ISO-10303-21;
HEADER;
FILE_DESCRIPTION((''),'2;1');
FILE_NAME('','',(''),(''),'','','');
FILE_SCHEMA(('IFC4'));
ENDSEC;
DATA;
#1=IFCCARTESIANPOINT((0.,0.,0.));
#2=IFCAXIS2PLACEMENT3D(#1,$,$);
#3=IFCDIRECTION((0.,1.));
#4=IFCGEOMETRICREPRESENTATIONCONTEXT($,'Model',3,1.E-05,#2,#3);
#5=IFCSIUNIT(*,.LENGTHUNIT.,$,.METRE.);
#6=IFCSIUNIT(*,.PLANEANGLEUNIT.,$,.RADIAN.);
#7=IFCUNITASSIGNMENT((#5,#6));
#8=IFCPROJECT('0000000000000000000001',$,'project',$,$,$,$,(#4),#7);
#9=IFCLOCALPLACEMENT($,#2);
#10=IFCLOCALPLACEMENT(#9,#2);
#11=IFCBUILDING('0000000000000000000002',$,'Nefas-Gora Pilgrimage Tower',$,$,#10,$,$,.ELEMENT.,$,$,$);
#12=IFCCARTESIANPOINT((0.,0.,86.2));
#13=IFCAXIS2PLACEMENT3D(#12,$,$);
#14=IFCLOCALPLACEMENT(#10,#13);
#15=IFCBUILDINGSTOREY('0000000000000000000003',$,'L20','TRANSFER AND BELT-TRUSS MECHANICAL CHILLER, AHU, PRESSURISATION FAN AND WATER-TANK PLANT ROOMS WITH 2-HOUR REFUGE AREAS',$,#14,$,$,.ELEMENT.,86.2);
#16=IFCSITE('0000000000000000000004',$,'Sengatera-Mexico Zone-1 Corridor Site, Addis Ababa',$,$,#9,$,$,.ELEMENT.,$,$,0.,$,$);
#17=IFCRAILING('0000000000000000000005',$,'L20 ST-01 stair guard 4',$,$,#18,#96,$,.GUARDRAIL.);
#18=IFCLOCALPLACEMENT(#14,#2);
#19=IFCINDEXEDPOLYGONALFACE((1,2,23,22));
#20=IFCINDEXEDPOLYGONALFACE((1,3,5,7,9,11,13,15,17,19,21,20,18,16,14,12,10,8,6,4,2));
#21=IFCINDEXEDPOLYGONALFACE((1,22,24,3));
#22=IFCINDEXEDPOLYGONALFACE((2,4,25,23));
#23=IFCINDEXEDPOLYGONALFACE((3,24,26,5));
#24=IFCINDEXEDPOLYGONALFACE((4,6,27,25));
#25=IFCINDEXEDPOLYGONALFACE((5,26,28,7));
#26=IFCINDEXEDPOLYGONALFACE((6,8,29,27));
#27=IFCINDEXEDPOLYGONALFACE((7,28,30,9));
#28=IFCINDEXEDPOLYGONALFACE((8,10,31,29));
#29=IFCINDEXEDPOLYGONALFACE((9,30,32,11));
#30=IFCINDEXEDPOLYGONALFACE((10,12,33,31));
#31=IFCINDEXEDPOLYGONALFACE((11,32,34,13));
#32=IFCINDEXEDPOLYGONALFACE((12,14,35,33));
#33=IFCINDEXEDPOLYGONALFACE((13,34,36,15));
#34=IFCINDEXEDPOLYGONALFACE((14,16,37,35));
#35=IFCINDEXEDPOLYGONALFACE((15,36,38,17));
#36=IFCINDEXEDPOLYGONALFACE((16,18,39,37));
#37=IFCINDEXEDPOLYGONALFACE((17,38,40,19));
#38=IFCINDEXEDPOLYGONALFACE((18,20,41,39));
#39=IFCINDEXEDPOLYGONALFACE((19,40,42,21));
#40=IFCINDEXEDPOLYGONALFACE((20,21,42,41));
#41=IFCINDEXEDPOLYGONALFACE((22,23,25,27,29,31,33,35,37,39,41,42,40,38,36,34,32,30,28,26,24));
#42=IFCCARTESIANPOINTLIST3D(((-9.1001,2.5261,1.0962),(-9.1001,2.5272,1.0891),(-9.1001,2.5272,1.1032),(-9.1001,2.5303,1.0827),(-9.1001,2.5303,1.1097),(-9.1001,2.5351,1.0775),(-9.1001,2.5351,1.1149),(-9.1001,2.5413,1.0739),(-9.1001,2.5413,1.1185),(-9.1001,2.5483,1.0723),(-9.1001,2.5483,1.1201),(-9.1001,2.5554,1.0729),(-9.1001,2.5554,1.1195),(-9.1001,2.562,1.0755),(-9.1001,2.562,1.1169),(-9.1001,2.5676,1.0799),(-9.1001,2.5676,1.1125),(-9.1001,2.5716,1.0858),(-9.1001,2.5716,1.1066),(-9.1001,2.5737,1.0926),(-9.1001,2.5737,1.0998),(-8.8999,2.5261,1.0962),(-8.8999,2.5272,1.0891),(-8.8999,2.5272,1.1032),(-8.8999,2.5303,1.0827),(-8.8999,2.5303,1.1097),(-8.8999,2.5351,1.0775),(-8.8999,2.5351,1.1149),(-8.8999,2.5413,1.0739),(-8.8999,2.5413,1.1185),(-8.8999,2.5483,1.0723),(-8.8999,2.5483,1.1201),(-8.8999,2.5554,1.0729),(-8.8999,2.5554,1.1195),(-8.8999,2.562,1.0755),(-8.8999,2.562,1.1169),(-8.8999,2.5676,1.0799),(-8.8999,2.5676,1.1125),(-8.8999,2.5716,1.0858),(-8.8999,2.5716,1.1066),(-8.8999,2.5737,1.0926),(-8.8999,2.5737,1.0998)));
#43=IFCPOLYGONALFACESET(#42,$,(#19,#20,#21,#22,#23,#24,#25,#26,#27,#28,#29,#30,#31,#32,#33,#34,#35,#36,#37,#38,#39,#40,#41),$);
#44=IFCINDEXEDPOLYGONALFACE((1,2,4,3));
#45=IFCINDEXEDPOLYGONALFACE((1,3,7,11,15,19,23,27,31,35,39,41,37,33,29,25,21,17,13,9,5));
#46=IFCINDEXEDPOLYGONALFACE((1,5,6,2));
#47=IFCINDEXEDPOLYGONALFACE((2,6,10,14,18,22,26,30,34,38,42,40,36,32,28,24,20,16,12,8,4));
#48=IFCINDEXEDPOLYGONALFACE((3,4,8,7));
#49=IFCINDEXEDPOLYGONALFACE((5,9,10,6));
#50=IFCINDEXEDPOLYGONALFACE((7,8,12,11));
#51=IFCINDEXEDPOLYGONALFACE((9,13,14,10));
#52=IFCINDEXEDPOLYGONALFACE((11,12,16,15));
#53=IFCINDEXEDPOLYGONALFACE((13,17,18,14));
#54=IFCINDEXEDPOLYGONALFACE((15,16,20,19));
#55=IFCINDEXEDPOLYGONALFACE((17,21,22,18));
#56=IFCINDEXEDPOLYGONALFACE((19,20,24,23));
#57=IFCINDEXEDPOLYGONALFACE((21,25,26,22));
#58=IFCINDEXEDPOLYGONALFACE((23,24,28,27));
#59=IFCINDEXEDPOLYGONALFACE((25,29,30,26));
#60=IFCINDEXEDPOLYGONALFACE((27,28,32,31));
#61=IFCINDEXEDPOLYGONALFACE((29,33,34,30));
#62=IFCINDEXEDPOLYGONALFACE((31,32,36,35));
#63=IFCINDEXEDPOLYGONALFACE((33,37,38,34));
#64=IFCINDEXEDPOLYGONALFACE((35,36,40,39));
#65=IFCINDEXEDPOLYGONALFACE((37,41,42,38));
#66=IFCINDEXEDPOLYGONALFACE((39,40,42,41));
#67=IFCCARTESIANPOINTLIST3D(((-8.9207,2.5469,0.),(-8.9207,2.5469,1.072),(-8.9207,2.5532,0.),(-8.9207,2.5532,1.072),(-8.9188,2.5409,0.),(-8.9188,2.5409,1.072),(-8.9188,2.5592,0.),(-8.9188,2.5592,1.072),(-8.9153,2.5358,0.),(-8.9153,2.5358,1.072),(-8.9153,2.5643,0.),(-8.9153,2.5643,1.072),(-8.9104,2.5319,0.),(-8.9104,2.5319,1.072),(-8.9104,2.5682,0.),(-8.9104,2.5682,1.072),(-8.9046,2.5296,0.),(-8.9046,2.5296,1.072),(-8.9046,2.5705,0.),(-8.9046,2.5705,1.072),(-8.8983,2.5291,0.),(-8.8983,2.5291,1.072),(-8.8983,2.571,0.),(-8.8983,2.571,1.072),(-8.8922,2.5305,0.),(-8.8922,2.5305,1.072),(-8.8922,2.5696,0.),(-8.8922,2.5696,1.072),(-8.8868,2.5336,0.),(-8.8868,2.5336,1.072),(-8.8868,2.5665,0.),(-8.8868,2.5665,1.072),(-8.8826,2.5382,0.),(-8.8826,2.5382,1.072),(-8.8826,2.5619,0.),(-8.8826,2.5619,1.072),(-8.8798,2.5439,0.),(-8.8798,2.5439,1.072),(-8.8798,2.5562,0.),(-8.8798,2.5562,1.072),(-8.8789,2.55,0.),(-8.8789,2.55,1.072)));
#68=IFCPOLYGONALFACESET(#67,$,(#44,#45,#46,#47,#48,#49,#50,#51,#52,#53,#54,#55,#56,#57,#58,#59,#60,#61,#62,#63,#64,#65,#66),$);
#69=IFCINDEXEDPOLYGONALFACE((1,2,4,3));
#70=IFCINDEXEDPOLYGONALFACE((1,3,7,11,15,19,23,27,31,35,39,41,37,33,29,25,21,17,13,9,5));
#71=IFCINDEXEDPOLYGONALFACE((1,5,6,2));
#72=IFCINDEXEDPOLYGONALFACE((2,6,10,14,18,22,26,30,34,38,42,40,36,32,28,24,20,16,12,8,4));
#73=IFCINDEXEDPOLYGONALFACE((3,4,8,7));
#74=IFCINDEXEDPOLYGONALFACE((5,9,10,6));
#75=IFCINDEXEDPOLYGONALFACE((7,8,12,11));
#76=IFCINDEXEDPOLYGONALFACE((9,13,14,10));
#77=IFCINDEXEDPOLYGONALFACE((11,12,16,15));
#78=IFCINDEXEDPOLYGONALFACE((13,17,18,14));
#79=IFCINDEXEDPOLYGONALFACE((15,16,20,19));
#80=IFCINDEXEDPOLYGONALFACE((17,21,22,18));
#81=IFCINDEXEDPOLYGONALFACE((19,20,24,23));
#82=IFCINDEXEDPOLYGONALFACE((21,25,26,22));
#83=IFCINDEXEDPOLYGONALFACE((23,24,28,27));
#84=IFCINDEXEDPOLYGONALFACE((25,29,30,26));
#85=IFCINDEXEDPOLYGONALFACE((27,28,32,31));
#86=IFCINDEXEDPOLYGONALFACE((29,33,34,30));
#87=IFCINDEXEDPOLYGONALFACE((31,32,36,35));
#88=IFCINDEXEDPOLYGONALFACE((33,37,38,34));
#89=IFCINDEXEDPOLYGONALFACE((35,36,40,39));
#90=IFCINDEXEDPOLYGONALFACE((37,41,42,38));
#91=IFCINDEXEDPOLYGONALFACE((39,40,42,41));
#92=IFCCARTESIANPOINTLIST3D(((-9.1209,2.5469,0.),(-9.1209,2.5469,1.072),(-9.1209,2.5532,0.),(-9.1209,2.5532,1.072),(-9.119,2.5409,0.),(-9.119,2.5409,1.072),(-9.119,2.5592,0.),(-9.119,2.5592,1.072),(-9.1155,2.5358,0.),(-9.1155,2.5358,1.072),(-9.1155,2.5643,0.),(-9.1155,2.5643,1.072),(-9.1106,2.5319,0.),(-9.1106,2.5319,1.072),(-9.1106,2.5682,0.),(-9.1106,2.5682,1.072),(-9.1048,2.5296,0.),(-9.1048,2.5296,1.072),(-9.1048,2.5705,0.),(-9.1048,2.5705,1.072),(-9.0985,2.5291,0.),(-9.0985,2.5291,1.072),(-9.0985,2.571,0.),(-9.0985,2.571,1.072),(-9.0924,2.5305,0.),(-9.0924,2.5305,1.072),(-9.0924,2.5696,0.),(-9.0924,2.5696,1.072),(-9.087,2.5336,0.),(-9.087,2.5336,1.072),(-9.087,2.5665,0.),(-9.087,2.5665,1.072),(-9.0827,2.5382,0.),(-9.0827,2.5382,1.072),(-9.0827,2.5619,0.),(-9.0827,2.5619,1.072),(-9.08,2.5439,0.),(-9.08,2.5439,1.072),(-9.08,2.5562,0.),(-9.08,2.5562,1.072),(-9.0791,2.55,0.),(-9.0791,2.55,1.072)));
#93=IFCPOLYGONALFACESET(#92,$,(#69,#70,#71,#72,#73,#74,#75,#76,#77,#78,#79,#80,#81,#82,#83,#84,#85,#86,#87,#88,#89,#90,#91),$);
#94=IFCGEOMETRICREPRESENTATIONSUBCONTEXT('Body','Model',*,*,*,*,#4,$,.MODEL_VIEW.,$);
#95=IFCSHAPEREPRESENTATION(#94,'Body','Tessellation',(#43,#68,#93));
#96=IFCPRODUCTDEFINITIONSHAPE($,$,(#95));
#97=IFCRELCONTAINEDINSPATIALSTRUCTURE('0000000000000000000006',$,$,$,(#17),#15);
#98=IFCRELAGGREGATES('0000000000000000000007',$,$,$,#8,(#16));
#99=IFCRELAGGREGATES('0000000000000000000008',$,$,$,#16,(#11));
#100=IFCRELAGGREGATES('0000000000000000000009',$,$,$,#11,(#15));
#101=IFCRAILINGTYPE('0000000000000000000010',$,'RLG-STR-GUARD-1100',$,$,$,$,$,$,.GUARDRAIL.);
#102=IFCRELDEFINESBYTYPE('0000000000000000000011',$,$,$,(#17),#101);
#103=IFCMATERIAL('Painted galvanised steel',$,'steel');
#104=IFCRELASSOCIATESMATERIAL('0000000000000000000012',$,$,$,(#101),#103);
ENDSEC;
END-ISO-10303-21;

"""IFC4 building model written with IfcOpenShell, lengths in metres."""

from ifc_helpers import new_model, si_unit, direction, frame, origin, origin_2d, place, context, subcontext, project, spatial, circle, extrude, material, type_object, element, save


model = new_model("IFC4")

# Units and contexts
model_context = context("Model", 3, precision=1e-05, world=origin(), true_north=direction((0.0, 1.0)))
body_context = subcontext(model_context, "Body", "Model", "MODEL_VIEW")
ifc_project = project(units=[si_unit("LENGTHUNIT", "METRE"), si_unit("PLANEANGLEUNIT", "RADIAN")], contexts=[model_context])

# Site, building, storey
site_placement = place(None, origin())
site = spatial("IfcSite", under=ifc_project, at=site_placement, Name="Sengatera-Mexico Zone-1 Corridor Site, Addis Ababa", CompositionType="ELEMENT", RefElevation=0.0)
building_placement = place(site_placement, origin())
building = spatial("IfcBuilding", under=site, at=building_placement, Name="Nefas-Gora Pilgrimage Tower", CompositionType="ELEMENT")
storey_placement = place(building_placement, frame((0.0, 0.0, 86.2)))
storey = spatial("IfcBuildingStorey", under=building, at=storey_placement, Name="L20", Description="TRANSFER AND BELT-TRUSS MECHANICAL CHILLER, AHU, PRESSURISATION FAN AND WATER-TANK PLANT ROOMS WITH 2-HOUR REFUGE AREAS", CompositionType="ELEMENT", Elevation=86.2)

# Railing
ifc_material_1 = material(Name="Painted galvanised steel", Category="steel")
railing_type_1 = type_object("IfcRailingType", Name="RLG-STR-GUARD-1100", PredefinedType="GUARDRAIL", material=ifc_material_1)
railing_1_placement = place(storey_placement, frame((-8.8999, 2.55, 0.0)))
element("IfcRailing", 1, at=railing_1_placement, inside=storey, type_object=railing_type_1, Name="L20 ST-01 stair guard 4", PredefinedType="GUARDRAIL", context=body_context, shape_type="SweptSolid", body=[
    extrude(circle(Radius=0.0239, at=origin_2d()), frame((0.0, 0.0, 1.0962), z_axis=(-1.0, 0.0, 0.0), x_axis=(0.0, -1.0, 0.0)), (0.0, 0.0, 1.0), 0.2002),
    extrude(circle(Radius=0.021, at=origin_2d()), origin(), (0.0, 0.0, 1.0), 1.072),
    extrude(circle(Radius=0.021, at=origin_2d()), frame((-0.2002, 0.0, 0.0)), (0.0, 0.0, 1.0), 1.072),
])

save(model, "model.ifc")
